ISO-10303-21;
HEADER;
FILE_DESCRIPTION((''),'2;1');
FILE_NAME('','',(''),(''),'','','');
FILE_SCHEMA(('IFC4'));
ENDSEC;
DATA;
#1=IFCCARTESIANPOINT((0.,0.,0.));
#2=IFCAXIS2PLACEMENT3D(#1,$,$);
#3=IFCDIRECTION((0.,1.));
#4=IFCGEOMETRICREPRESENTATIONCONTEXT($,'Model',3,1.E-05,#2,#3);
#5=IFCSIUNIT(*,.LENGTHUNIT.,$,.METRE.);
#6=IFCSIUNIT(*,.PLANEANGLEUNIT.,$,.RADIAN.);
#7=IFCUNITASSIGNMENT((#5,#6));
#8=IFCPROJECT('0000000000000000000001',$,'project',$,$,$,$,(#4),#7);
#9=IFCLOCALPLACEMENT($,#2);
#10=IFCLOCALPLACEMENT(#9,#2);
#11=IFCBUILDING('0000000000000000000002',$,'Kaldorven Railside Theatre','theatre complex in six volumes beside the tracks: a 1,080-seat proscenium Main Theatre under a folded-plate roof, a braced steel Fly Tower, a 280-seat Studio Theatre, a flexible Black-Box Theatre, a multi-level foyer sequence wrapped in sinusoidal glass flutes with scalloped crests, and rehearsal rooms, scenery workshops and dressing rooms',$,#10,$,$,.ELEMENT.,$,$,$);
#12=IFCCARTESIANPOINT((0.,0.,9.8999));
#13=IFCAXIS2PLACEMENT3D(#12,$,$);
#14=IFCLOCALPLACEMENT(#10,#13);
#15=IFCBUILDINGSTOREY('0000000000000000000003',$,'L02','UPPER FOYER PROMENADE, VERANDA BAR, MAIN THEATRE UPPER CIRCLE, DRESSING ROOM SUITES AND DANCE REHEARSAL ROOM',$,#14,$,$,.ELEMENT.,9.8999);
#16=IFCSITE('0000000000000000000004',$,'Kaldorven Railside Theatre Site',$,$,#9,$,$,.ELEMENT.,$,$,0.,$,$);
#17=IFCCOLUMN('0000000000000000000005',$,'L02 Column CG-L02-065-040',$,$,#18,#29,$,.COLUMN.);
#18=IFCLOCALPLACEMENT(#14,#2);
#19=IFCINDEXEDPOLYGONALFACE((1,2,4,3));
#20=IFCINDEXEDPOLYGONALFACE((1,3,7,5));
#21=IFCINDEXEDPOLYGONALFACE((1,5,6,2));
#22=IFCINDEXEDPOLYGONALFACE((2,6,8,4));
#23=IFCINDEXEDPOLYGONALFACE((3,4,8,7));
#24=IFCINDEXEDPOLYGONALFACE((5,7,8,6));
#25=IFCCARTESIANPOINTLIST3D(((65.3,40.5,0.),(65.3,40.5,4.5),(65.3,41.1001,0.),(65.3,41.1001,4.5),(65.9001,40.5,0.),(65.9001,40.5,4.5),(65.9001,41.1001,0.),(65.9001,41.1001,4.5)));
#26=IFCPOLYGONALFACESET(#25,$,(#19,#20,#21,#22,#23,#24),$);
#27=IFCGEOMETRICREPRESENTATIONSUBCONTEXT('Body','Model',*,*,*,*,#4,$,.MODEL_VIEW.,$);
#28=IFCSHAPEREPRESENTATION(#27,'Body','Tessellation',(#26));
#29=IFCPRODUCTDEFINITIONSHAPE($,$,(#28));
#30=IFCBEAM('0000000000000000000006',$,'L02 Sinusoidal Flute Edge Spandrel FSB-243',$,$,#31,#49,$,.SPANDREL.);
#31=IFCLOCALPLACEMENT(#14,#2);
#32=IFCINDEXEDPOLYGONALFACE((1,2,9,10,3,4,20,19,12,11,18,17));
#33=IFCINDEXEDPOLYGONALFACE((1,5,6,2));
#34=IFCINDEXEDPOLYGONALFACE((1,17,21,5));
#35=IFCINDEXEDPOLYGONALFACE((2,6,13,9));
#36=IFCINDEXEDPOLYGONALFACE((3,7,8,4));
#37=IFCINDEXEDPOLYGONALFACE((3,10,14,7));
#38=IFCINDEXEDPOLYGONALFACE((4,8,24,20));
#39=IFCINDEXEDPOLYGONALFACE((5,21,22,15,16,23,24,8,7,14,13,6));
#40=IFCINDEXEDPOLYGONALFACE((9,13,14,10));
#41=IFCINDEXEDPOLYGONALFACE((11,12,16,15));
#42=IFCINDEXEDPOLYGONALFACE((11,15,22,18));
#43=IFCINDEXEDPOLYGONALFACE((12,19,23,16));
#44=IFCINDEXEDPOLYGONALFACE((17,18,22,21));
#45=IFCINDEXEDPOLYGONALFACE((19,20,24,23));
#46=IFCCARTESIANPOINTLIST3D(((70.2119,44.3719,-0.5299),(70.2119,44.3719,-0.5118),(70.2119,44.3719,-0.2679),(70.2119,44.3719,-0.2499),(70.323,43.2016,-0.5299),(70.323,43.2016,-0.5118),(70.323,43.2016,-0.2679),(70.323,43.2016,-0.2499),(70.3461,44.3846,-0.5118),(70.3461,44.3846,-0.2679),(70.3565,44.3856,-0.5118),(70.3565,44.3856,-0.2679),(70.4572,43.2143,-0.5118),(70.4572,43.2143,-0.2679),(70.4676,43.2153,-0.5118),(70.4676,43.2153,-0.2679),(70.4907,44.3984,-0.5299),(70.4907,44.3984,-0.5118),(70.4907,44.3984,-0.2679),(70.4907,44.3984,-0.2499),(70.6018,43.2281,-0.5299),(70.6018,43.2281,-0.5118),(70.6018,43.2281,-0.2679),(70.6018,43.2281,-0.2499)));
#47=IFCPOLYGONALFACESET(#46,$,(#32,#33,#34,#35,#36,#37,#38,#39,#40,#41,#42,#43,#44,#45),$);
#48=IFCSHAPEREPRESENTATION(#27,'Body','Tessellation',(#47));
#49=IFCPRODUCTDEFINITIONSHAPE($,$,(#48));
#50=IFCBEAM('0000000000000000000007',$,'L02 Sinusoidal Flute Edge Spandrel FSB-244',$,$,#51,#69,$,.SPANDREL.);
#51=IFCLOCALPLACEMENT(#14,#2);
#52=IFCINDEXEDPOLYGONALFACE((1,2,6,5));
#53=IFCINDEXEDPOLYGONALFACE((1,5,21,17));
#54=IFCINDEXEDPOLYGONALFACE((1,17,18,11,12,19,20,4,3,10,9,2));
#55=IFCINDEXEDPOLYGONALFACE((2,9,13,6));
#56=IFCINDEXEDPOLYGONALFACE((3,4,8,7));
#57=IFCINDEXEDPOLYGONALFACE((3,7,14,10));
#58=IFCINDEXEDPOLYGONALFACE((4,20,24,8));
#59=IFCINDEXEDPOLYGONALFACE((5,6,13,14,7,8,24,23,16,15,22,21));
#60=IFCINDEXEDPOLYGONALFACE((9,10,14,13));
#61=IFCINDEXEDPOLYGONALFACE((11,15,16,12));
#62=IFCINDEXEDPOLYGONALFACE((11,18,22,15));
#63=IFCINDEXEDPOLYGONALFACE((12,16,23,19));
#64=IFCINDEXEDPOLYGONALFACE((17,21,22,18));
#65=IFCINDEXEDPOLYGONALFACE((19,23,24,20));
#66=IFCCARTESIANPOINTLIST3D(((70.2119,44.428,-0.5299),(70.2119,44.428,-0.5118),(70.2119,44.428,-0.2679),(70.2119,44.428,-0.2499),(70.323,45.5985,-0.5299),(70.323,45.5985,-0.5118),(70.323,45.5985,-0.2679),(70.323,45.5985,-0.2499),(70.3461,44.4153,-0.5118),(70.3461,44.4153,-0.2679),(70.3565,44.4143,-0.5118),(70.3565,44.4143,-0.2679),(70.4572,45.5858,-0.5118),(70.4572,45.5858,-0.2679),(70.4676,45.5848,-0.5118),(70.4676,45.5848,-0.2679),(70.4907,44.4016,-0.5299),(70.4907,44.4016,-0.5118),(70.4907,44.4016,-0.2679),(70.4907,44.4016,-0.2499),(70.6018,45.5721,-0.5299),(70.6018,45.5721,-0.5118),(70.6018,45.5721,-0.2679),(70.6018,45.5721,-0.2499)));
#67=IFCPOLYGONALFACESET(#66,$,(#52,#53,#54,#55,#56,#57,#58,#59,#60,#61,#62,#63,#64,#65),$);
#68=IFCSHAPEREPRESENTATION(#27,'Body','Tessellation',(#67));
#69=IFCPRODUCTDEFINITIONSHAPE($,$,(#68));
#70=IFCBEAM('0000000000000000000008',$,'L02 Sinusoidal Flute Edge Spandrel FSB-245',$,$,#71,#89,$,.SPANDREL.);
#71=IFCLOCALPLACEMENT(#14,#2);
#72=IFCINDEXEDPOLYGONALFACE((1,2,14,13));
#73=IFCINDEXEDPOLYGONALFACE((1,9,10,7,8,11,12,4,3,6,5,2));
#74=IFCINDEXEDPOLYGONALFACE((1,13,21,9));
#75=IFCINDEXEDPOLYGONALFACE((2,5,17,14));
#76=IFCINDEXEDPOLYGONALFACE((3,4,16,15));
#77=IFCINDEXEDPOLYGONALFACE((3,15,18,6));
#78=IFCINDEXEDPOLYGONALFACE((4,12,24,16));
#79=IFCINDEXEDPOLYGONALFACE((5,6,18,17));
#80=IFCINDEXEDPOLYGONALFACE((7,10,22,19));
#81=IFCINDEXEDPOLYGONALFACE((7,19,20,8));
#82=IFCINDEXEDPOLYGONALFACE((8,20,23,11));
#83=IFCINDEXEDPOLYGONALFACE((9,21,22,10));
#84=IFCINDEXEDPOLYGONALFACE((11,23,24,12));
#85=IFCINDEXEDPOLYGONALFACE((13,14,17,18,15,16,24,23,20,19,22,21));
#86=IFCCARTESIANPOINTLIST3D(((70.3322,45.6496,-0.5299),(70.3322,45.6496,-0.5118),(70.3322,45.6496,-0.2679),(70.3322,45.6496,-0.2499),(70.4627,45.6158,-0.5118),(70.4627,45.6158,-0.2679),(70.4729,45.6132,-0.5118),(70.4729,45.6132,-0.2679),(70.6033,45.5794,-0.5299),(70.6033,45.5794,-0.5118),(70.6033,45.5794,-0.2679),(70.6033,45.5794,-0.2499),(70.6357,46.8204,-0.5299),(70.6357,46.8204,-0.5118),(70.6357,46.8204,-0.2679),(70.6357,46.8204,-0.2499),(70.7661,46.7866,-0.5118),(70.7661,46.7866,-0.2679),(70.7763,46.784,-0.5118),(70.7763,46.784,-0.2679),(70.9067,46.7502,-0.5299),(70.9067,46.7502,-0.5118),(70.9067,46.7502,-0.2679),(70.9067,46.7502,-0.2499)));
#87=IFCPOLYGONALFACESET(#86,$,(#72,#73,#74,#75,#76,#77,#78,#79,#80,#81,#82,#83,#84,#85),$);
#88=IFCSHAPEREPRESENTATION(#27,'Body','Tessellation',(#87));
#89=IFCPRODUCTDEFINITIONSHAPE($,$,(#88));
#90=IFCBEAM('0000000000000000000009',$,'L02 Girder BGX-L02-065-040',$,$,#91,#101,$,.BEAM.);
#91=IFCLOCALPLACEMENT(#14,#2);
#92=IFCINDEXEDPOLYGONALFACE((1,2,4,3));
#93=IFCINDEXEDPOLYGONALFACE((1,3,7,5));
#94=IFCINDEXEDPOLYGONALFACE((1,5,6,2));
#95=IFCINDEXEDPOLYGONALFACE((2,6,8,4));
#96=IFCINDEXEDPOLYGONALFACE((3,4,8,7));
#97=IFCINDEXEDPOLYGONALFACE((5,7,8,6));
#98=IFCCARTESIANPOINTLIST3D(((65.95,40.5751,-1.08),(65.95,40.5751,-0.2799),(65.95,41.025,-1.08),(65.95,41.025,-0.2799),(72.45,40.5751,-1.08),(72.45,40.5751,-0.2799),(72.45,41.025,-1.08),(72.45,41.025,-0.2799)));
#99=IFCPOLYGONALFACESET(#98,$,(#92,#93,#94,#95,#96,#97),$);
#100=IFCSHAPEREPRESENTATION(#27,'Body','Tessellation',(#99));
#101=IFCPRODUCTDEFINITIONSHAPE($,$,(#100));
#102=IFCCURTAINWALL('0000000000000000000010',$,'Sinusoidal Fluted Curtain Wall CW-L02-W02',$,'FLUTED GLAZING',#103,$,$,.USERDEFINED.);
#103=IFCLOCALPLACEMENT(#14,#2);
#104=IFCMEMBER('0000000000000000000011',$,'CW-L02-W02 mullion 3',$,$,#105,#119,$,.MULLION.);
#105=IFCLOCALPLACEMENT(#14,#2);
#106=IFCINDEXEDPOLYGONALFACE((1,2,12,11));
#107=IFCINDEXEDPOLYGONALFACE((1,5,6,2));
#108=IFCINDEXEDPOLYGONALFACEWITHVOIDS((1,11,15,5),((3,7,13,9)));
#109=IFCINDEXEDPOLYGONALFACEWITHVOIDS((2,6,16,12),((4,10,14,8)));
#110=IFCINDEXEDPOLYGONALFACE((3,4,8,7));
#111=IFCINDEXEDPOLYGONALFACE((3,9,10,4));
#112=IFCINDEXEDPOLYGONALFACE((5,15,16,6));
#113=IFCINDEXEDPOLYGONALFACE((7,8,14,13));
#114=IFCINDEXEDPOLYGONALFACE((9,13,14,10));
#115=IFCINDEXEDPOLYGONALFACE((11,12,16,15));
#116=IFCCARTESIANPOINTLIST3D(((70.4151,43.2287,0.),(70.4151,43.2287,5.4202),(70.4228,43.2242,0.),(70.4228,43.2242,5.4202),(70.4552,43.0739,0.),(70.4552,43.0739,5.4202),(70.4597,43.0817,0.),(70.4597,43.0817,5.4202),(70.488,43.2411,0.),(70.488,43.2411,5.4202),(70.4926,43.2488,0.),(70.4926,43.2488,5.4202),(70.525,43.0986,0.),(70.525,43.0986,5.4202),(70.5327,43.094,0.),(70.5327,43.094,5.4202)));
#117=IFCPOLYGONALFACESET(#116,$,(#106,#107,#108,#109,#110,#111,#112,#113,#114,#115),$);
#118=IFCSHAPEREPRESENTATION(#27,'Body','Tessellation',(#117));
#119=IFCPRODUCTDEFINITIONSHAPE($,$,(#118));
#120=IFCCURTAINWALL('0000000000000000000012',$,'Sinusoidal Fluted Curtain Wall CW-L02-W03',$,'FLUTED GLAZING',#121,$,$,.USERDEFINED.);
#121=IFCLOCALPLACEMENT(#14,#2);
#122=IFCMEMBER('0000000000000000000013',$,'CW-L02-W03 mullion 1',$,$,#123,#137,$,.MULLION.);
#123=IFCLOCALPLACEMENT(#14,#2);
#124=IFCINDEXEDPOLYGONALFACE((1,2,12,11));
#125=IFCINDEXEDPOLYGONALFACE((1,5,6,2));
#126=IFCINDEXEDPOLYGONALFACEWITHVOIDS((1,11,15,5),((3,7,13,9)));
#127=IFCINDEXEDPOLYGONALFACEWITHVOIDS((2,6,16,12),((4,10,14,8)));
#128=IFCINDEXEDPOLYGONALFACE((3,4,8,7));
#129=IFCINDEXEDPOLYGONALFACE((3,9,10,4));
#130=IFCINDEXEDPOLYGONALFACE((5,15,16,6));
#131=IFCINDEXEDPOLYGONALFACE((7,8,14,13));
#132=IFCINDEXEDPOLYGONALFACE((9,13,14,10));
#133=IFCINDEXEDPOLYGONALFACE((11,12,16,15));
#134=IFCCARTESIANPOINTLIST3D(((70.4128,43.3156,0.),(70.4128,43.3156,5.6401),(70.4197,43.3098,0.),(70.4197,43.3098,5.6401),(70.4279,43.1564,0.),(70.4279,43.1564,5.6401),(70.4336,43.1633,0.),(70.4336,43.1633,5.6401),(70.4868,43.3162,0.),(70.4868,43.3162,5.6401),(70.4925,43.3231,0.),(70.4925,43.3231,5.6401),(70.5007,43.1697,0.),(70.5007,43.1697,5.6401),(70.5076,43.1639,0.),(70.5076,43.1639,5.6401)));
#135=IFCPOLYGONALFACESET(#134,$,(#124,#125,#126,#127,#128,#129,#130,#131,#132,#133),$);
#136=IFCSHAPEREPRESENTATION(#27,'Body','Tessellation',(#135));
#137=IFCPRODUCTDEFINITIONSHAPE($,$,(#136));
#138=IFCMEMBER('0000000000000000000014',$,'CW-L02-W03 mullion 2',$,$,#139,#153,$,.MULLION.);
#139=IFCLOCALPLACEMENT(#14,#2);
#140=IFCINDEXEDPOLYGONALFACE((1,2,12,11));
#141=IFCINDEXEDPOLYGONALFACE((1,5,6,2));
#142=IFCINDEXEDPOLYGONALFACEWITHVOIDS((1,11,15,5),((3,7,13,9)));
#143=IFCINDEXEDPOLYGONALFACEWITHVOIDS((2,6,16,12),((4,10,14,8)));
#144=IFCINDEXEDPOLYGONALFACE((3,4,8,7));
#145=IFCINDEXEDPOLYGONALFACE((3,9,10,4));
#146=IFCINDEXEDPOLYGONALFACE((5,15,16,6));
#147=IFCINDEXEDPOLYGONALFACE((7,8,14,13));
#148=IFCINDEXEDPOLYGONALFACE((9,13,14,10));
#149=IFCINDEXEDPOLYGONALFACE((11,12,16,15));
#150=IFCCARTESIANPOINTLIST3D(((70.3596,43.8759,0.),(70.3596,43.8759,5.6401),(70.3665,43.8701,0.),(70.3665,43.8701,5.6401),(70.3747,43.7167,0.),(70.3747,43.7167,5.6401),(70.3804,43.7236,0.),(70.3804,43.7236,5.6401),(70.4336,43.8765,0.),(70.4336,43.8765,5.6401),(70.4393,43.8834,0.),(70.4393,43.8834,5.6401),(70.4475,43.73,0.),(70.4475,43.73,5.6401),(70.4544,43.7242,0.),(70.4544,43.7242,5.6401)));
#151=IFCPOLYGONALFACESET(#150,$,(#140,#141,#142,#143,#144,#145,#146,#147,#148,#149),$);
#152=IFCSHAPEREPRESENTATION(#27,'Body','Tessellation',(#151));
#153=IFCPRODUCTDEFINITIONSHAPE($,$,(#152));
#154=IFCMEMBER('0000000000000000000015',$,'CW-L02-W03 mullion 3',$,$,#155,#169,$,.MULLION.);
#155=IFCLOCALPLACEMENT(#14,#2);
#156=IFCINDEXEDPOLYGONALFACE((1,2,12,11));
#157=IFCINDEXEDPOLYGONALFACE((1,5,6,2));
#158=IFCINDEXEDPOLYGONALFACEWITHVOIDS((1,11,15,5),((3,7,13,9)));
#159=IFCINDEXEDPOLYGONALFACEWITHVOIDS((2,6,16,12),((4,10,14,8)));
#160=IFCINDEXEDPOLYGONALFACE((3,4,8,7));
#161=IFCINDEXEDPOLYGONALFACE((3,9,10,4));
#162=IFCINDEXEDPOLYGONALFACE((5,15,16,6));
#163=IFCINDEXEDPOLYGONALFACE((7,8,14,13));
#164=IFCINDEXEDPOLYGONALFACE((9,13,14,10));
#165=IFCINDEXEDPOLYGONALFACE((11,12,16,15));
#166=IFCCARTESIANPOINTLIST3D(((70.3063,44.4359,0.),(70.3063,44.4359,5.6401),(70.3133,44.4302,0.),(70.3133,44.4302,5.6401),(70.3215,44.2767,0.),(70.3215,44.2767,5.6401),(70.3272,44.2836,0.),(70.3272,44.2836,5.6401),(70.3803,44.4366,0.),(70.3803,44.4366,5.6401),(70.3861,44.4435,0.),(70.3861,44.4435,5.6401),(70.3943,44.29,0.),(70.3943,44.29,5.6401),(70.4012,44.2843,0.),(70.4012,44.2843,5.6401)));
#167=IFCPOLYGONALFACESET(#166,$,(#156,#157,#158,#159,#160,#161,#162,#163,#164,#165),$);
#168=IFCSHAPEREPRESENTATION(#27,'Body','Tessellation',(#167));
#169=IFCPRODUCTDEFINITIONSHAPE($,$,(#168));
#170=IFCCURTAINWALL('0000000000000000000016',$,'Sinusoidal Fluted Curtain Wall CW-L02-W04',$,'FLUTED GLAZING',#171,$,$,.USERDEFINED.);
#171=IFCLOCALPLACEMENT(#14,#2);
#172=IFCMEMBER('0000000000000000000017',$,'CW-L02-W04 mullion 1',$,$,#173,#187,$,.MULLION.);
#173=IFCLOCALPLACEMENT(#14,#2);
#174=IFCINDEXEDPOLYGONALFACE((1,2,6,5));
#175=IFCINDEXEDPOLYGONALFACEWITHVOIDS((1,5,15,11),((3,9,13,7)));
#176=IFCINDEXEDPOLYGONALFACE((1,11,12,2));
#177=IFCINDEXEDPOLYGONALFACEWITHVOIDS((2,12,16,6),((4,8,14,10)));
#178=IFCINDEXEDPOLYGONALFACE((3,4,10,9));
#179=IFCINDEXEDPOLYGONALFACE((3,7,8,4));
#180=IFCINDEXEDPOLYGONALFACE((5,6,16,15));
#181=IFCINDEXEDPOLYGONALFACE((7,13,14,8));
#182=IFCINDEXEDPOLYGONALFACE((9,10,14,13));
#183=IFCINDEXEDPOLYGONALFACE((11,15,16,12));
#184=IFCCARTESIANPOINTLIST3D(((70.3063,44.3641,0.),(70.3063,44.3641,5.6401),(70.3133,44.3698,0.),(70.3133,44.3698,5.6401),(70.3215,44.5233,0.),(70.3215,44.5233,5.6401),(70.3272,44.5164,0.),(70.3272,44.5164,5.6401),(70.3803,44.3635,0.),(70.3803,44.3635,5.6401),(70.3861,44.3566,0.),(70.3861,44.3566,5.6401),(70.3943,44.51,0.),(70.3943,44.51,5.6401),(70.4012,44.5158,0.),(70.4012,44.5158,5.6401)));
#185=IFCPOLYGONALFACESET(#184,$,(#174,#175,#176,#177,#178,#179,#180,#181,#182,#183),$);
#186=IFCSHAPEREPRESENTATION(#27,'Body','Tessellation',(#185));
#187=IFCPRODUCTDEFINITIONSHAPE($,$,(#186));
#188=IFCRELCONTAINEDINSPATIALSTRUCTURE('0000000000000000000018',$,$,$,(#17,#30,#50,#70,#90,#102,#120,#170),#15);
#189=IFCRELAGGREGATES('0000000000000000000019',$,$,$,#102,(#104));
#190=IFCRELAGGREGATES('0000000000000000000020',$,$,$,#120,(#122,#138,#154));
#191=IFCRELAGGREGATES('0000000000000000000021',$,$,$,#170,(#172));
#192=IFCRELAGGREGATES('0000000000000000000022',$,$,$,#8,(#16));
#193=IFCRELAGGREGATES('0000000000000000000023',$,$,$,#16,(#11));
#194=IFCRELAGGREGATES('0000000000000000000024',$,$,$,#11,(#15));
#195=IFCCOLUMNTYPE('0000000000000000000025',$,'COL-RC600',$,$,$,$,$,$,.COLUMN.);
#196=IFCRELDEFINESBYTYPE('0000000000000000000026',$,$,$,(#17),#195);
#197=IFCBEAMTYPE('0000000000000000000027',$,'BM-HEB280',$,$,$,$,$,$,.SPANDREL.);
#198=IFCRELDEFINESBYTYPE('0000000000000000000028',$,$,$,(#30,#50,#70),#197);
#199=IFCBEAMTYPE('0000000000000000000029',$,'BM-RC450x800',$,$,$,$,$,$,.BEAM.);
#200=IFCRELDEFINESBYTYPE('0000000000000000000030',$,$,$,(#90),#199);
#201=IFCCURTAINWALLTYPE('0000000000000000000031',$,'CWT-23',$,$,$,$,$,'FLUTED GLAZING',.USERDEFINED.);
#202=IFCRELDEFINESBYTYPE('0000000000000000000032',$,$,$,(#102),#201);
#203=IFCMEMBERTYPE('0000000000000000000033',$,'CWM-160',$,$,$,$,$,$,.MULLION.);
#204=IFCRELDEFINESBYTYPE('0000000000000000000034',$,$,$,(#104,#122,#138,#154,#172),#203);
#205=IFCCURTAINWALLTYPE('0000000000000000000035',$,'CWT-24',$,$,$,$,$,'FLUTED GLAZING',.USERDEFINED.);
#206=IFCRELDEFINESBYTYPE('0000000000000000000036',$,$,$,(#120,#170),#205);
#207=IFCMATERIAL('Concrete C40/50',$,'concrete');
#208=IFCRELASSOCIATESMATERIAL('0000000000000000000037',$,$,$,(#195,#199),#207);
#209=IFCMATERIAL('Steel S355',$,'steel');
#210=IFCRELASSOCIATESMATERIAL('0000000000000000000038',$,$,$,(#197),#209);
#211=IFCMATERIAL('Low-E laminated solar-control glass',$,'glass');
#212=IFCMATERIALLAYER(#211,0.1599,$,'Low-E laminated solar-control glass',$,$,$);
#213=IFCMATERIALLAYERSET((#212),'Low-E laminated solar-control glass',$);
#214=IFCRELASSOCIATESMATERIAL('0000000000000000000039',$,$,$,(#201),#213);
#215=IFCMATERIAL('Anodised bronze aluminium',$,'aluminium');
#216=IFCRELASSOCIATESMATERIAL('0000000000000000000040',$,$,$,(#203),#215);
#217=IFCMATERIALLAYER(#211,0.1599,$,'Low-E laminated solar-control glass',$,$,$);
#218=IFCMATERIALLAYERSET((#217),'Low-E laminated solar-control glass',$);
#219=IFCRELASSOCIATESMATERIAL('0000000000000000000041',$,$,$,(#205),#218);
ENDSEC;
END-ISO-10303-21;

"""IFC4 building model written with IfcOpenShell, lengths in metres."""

from ifc_helpers import new_model, si_unit, direction, frame, origin, origin_2d, place, context, subcontext, project, spatial, rectangle, hollow_rectangle, i_section, extrude, material, layer, layer_set, material_profile, profile_set, type_object, element, aggregate, save


model = new_model("IFC4")

# Units and contexts
model_context = context("Model", 3, precision=1e-05, world=origin(), true_north=direction((0.0, 1.0)))
body_context = subcontext(model_context, "Body", "Model", "MODEL_VIEW")
ifc_project = project(units=[si_unit("LENGTHUNIT", "METRE"), si_unit("PLANEANGLEUNIT", "RADIAN")], contexts=[model_context])

# Site, building, storey
site_placement = place(None, origin())
site = spatial("IfcSite", under=ifc_project, at=site_placement, Name="Kaldorven Railside Theatre Site", CompositionType="ELEMENT", RefElevation=0.0)
building_placement = place(site_placement, origin())
building = spatial("IfcBuilding", under=site, at=building_placement, Name="Kaldorven Railside Theatre", Description="theatre complex in six volumes beside the tracks: a 1,080-seat proscenium Main Theatre under a folded-plate roof, a braced steel Fly Tower, a 280-seat Studio Theatre, a flexible Black-Box Theatre, a multi-level foyer sequence wrapped in sinusoidal glass flutes with scalloped crests, and rehearsal rooms, scenery workshops and dressing rooms", CompositionType="ELEMENT")
storey_placement = place(building_placement, frame((0.0, 0.0, 9.8999)))
storey = spatial("IfcBuildingStorey", under=building, at=storey_placement, Name="L02", Description="UPPER FOYER PROMENADE, VERANDA BAR, MAIN THEATRE UPPER CIRCLE, DRESSING ROOM SUITES AND DANCE REHEARSAL ROOM", CompositionType="ELEMENT", Elevation=9.8999)

# Column
ifc_material_1 = material(Name="Concrete C40/50", Category="concrete")
ifc_material_profile_1 = material_profile(ifc_material_1, rectangle(XDim=0.6001, YDim=0.6001, at=origin_2d()), Name="RC 600x600")
ifc_profile_set_1 = profile_set([ifc_material_profile_1], Name="Concrete C40/50")
column_type = type_object("IfcColumnType", Name="COL-RC600", PredefinedType="COLUMN", material=ifc_profile_set_1)
column_placement = place(storey_placement, frame((65.6001, 40.8, 0.0), z_axis=(0.0, 0.0, 1.0), x_axis=(1.0, 0.0, 0.0)))
element("IfcColumn", 1, at=column_placement, inside=storey, type_object=column_type, Name="L02 Column CG-L02-065-040", PredefinedType="COLUMN", context=body_context, shape_type="SweptSolid", body=[
    extrude(rectangle(XDim=0.6001, YDim=0.6001, at=origin_2d()), origin(), (0.0, 0.0, 1.0), 4.5),
])

# Beams
ifc_material_2 = material(Name="Steel S355", Category="steel")
ifc_material_profile_2 = material_profile(ifc_material_2, i_section(OverallWidth=0.28, OverallDepth=0.28, WebThickness=0.0105, FlangeThickness=0.0181, at=origin_2d()), Name="HEB 280")
ifc_profile_set_2 = profile_set([ifc_material_profile_2], Name="Steel S355")
beam_type_1 = type_object("IfcBeamType", Name="BM-HEB280", PredefinedType="SPANDREL", material=ifc_profile_set_2)
beam_1_placement = place(storey_placement, frame((70.4624, 43.2148, -0.3899), z_axis=(-0.094505, 0.995524, 0.0), x_axis=(-0.995524, -0.094505, 0.0)))
element("IfcBeam", 2, at=beam_1_placement, inside=storey, type_object=beam_type_1, Name="L02 Sinusoidal Flute Edge Spandrel FSB-243", PredefinedType="SPANDREL", context=body_context, shape_type="SweptSolid", body=[
    extrude(i_section(OverallWidth=0.28, OverallDepth=0.28, WebThickness=0.0105, FlangeThickness=0.0181, at=origin_2d()), origin(), (0.0, 0.0, 1.0), 1.1755),
])
beam_2_placement = place(storey_placement, frame((70.3513, 44.4148, -0.3899), z_axis=(0.094486, 0.995526, 0.0), x_axis=(-0.995526, 0.094486, 0.0)))
element("IfcBeam", 3, at=beam_2_placement, inside=storey, type_object=beam_type_1, Name="L02 Sinusoidal Flute Edge Spandrel FSB-244", PredefinedType="SPANDREL", context=body_context, shape_type="SweptSolid", body=[
    extrude(i_section(OverallWidth=0.28, OverallDepth=0.28, WebThickness=0.0105, FlangeThickness=0.0181, at=origin_2d()), origin(), (0.0, 0.0, 1.0), 1.1758),
])
beam_3_placement = place(storey_placement, frame((70.4678, 45.6145, -0.3899), z_axis=(0.250885, 0.968017, 0.0), x_axis=(-0.968017, 0.250885, 0.0)))
element("IfcBeam", 4, at=beam_3_placement, inside=storey, type_object=beam_type_1, Name="L02 Sinusoidal Flute Edge Spandrel FSB-245", PredefinedType="SPANDREL", context=body_context, shape_type="SweptSolid", body=[
    extrude(i_section(OverallWidth=0.28, OverallDepth=0.28, WebThickness=0.0105, FlangeThickness=0.0181, at=origin_2d()), origin(), (0.0, 0.0, 1.0), 1.2095),
])
ifc_material_profile_3 = material_profile(ifc_material_1, rectangle(XDim=0.45, YDim=0.8, at=origin_2d()), Name="RC 450x800")
ifc_profile_set_3 = profile_set([ifc_material_profile_3], Name="Concrete C40/50")
beam_type_2 = type_object("IfcBeamType", Name="BM-RC450x800", PredefinedType="BEAM", material=ifc_profile_set_3)
beam_4_placement = place(storey_placement, frame((65.95, 40.8, -0.6799), z_axis=(1.0, 0.0, 0.0), x_axis=(0.0, 1.0, 0.0)))
element("IfcBeam", 5, at=beam_4_placement, inside=storey, type_object=beam_type_2, Name="L02 Girder BGX-L02-065-040", PredefinedType="BEAM", context=body_context, shape_type="SweptSolid", body=[
    extrude(rectangle(XDim=0.45, YDim=0.8, at=origin_2d()), origin(), (0.0, 0.0, 1.0), 6.5),
])

# Curtain wall, member
ifc_material_3 = material(Name="Low-E laminated solar-control glass", Category="glass")
ifc_layer_1 = layer(ifc_material_3, 0.1599, Name="Low-E laminated solar-control glass")
ifc_layer_set_1 = layer_set([ifc_layer_1], Name="Low-E laminated solar-control glass")
curtain_wall_type_1 = type_object("IfcCurtainWallType", Name="CWT-23", ElementType="FLUTED GLAZING", PredefinedType="USERDEFINED", material=ifc_layer_set_1)
curtain_wall_1_placement = place(storey_placement, origin())
curtain_wall_1 = element("IfcCurtainWall", 6, at=curtain_wall_1_placement, inside=storey, type_object=curtain_wall_type_1, Name="Sinusoidal Fluted Curtain Wall CW-L02-W02", ObjectType="FLUTED GLAZING", PredefinedType="USERDEFINED")
ifc_material_4 = material(Name="Anodised bronze aluminium", Category="aluminium")
ifc_material_profile_4 = material_profile(ifc_material_4, hollow_rectangle(XDim=0.0801, YDim=0.1599, WallThickness=0.0063, at=origin_2d()), Name="RHS 160x80x6.3")
ifc_profile_set_4 = profile_set([ifc_material_profile_4], Name="Anodised bronze aluminium")
member_type_1 = type_object("IfcMemberType", Name="CWM-160", PredefinedType="MULLION", material=ifc_profile_set_4)
member_1_placement = place(storey_placement, frame((70.4739, 43.1614, 0.0), z_axis=(0.0, 0.0, 1.0), x_axis=(-0.967999, -0.250954, 0.0)))
member_1 = element("IfcMember", 7, at=member_1_placement, type_object=member_type_1, Name="CW-L02-W02 mullion 3", PredefinedType="MULLION", context=body_context, shape_type="SweptSolid", body=[
    extrude(hollow_rectangle(XDim=0.0801, YDim=0.1599, WallThickness=0.0063, at=origin_2d()), origin(), (0.0, 0.0, 1.0), 5.4202),
])

# Curtain walls, members
ifc_layer_2 = layer(ifc_material_3, 0.1599, Name="Low-E laminated solar-control glass")
ifc_layer_set_2 = layer_set([ifc_layer_2], Name="Low-E laminated solar-control glass")
curtain_wall_type_2 = type_object("IfcCurtainWallType", Name="CWT-24", ElementType="FLUTED GLAZING", PredefinedType="USERDEFINED", material=ifc_layer_set_2)
curtain_wall_2_placement = place(storey_placement, origin())
curtain_wall_2 = element("IfcCurtainWall", 8, at=curtain_wall_2_placement, inside=storey, type_object=curtain_wall_type_2, Name="Sinusoidal Fluted Curtain Wall CW-L02-W03", ObjectType="FLUTED GLAZING", PredefinedType="USERDEFINED")
member_2_placement = place(storey_placement, frame((70.4602, 43.2397, 0.0), z_axis=(0.0, 0.0, 1.0), x_axis=(-0.995526, -0.094492, 0.0)))
member_2 = element("IfcMember", 9, at=member_2_placement, type_object=member_type_1, Name="CW-L02-W03 mullion 1", PredefinedType="MULLION", context=body_context, shape_type="SweptSolid", body=[
    extrude(hollow_rectangle(XDim=0.0801, YDim=0.1599, WallThickness=0.0063, at=origin_2d()), origin(), (0.0, 0.0, 1.0), 5.6401),
])
member_3_placement = place(storey_placement, frame((70.407, 43.8, 0.0), z_axis=(0.0, 0.0, 1.0), x_axis=(-0.995526, -0.094492, 0.0)))
member_3 = element("IfcMember", 10, at=member_3_placement, type_object=member_type_1, Name="CW-L02-W03 mullion 2", PredefinedType="MULLION", context=body_context, shape_type="SweptSolid", body=[
    extrude(hollow_rectangle(XDim=0.0801, YDim=0.1599, WallThickness=0.0063, at=origin_2d()), origin(), (0.0, 0.0, 1.0), 5.6401),
])
member_4_placement = place(storey_placement, frame((70.3538, 44.3601, 0.0), z_axis=(0.0, 0.0, 1.0), x_axis=(-0.995526, -0.094492, 0.0)))
member_4 = element("IfcMember", 11, at=member_4_placement, type_object=member_type_1, Name="CW-L02-W03 mullion 3", PredefinedType="MULLION", context=body_context, shape_type="SweptSolid", body=[
    extrude(hollow_rectangle(XDim=0.0801, YDim=0.1599, WallThickness=0.0063, at=origin_2d()), origin(), (0.0, 0.0, 1.0), 5.6401),
])
curtain_wall_3_placement = place(storey_placement, origin())
curtain_wall_3 = element("IfcCurtainWall", 12, at=curtain_wall_3_placement, inside=storey, type_object=curtain_wall_type_2, Name="Sinusoidal Fluted Curtain Wall CW-L02-W04", ObjectType="FLUTED GLAZING", PredefinedType="USERDEFINED")
member_5_placement = place(storey_placement, frame((70.3538, 44.4399, 0.0), z_axis=(0.0, 0.0, 1.0), x_axis=(-0.995526, 0.094492, 0.0)))
member_5 = element("IfcMember", 13, at=member_5_placement, type_object=member_type_1, Name="CW-L02-W04 mullion 1", PredefinedType="MULLION", context=body_context, shape_type="SweptSolid", body=[
    extrude(hollow_rectangle(XDim=0.0801, YDim=0.1599, WallThickness=0.0063, at=origin_2d()), origin(), (0.0, 0.0, 1.0), 5.6401),
])

aggregate(curtain_wall_1, [member_1])
aggregate(curtain_wall_2, [member_2, member_3, member_4])
aggregate(curtain_wall_3, [member_5])

save(model, "model.ifc")
